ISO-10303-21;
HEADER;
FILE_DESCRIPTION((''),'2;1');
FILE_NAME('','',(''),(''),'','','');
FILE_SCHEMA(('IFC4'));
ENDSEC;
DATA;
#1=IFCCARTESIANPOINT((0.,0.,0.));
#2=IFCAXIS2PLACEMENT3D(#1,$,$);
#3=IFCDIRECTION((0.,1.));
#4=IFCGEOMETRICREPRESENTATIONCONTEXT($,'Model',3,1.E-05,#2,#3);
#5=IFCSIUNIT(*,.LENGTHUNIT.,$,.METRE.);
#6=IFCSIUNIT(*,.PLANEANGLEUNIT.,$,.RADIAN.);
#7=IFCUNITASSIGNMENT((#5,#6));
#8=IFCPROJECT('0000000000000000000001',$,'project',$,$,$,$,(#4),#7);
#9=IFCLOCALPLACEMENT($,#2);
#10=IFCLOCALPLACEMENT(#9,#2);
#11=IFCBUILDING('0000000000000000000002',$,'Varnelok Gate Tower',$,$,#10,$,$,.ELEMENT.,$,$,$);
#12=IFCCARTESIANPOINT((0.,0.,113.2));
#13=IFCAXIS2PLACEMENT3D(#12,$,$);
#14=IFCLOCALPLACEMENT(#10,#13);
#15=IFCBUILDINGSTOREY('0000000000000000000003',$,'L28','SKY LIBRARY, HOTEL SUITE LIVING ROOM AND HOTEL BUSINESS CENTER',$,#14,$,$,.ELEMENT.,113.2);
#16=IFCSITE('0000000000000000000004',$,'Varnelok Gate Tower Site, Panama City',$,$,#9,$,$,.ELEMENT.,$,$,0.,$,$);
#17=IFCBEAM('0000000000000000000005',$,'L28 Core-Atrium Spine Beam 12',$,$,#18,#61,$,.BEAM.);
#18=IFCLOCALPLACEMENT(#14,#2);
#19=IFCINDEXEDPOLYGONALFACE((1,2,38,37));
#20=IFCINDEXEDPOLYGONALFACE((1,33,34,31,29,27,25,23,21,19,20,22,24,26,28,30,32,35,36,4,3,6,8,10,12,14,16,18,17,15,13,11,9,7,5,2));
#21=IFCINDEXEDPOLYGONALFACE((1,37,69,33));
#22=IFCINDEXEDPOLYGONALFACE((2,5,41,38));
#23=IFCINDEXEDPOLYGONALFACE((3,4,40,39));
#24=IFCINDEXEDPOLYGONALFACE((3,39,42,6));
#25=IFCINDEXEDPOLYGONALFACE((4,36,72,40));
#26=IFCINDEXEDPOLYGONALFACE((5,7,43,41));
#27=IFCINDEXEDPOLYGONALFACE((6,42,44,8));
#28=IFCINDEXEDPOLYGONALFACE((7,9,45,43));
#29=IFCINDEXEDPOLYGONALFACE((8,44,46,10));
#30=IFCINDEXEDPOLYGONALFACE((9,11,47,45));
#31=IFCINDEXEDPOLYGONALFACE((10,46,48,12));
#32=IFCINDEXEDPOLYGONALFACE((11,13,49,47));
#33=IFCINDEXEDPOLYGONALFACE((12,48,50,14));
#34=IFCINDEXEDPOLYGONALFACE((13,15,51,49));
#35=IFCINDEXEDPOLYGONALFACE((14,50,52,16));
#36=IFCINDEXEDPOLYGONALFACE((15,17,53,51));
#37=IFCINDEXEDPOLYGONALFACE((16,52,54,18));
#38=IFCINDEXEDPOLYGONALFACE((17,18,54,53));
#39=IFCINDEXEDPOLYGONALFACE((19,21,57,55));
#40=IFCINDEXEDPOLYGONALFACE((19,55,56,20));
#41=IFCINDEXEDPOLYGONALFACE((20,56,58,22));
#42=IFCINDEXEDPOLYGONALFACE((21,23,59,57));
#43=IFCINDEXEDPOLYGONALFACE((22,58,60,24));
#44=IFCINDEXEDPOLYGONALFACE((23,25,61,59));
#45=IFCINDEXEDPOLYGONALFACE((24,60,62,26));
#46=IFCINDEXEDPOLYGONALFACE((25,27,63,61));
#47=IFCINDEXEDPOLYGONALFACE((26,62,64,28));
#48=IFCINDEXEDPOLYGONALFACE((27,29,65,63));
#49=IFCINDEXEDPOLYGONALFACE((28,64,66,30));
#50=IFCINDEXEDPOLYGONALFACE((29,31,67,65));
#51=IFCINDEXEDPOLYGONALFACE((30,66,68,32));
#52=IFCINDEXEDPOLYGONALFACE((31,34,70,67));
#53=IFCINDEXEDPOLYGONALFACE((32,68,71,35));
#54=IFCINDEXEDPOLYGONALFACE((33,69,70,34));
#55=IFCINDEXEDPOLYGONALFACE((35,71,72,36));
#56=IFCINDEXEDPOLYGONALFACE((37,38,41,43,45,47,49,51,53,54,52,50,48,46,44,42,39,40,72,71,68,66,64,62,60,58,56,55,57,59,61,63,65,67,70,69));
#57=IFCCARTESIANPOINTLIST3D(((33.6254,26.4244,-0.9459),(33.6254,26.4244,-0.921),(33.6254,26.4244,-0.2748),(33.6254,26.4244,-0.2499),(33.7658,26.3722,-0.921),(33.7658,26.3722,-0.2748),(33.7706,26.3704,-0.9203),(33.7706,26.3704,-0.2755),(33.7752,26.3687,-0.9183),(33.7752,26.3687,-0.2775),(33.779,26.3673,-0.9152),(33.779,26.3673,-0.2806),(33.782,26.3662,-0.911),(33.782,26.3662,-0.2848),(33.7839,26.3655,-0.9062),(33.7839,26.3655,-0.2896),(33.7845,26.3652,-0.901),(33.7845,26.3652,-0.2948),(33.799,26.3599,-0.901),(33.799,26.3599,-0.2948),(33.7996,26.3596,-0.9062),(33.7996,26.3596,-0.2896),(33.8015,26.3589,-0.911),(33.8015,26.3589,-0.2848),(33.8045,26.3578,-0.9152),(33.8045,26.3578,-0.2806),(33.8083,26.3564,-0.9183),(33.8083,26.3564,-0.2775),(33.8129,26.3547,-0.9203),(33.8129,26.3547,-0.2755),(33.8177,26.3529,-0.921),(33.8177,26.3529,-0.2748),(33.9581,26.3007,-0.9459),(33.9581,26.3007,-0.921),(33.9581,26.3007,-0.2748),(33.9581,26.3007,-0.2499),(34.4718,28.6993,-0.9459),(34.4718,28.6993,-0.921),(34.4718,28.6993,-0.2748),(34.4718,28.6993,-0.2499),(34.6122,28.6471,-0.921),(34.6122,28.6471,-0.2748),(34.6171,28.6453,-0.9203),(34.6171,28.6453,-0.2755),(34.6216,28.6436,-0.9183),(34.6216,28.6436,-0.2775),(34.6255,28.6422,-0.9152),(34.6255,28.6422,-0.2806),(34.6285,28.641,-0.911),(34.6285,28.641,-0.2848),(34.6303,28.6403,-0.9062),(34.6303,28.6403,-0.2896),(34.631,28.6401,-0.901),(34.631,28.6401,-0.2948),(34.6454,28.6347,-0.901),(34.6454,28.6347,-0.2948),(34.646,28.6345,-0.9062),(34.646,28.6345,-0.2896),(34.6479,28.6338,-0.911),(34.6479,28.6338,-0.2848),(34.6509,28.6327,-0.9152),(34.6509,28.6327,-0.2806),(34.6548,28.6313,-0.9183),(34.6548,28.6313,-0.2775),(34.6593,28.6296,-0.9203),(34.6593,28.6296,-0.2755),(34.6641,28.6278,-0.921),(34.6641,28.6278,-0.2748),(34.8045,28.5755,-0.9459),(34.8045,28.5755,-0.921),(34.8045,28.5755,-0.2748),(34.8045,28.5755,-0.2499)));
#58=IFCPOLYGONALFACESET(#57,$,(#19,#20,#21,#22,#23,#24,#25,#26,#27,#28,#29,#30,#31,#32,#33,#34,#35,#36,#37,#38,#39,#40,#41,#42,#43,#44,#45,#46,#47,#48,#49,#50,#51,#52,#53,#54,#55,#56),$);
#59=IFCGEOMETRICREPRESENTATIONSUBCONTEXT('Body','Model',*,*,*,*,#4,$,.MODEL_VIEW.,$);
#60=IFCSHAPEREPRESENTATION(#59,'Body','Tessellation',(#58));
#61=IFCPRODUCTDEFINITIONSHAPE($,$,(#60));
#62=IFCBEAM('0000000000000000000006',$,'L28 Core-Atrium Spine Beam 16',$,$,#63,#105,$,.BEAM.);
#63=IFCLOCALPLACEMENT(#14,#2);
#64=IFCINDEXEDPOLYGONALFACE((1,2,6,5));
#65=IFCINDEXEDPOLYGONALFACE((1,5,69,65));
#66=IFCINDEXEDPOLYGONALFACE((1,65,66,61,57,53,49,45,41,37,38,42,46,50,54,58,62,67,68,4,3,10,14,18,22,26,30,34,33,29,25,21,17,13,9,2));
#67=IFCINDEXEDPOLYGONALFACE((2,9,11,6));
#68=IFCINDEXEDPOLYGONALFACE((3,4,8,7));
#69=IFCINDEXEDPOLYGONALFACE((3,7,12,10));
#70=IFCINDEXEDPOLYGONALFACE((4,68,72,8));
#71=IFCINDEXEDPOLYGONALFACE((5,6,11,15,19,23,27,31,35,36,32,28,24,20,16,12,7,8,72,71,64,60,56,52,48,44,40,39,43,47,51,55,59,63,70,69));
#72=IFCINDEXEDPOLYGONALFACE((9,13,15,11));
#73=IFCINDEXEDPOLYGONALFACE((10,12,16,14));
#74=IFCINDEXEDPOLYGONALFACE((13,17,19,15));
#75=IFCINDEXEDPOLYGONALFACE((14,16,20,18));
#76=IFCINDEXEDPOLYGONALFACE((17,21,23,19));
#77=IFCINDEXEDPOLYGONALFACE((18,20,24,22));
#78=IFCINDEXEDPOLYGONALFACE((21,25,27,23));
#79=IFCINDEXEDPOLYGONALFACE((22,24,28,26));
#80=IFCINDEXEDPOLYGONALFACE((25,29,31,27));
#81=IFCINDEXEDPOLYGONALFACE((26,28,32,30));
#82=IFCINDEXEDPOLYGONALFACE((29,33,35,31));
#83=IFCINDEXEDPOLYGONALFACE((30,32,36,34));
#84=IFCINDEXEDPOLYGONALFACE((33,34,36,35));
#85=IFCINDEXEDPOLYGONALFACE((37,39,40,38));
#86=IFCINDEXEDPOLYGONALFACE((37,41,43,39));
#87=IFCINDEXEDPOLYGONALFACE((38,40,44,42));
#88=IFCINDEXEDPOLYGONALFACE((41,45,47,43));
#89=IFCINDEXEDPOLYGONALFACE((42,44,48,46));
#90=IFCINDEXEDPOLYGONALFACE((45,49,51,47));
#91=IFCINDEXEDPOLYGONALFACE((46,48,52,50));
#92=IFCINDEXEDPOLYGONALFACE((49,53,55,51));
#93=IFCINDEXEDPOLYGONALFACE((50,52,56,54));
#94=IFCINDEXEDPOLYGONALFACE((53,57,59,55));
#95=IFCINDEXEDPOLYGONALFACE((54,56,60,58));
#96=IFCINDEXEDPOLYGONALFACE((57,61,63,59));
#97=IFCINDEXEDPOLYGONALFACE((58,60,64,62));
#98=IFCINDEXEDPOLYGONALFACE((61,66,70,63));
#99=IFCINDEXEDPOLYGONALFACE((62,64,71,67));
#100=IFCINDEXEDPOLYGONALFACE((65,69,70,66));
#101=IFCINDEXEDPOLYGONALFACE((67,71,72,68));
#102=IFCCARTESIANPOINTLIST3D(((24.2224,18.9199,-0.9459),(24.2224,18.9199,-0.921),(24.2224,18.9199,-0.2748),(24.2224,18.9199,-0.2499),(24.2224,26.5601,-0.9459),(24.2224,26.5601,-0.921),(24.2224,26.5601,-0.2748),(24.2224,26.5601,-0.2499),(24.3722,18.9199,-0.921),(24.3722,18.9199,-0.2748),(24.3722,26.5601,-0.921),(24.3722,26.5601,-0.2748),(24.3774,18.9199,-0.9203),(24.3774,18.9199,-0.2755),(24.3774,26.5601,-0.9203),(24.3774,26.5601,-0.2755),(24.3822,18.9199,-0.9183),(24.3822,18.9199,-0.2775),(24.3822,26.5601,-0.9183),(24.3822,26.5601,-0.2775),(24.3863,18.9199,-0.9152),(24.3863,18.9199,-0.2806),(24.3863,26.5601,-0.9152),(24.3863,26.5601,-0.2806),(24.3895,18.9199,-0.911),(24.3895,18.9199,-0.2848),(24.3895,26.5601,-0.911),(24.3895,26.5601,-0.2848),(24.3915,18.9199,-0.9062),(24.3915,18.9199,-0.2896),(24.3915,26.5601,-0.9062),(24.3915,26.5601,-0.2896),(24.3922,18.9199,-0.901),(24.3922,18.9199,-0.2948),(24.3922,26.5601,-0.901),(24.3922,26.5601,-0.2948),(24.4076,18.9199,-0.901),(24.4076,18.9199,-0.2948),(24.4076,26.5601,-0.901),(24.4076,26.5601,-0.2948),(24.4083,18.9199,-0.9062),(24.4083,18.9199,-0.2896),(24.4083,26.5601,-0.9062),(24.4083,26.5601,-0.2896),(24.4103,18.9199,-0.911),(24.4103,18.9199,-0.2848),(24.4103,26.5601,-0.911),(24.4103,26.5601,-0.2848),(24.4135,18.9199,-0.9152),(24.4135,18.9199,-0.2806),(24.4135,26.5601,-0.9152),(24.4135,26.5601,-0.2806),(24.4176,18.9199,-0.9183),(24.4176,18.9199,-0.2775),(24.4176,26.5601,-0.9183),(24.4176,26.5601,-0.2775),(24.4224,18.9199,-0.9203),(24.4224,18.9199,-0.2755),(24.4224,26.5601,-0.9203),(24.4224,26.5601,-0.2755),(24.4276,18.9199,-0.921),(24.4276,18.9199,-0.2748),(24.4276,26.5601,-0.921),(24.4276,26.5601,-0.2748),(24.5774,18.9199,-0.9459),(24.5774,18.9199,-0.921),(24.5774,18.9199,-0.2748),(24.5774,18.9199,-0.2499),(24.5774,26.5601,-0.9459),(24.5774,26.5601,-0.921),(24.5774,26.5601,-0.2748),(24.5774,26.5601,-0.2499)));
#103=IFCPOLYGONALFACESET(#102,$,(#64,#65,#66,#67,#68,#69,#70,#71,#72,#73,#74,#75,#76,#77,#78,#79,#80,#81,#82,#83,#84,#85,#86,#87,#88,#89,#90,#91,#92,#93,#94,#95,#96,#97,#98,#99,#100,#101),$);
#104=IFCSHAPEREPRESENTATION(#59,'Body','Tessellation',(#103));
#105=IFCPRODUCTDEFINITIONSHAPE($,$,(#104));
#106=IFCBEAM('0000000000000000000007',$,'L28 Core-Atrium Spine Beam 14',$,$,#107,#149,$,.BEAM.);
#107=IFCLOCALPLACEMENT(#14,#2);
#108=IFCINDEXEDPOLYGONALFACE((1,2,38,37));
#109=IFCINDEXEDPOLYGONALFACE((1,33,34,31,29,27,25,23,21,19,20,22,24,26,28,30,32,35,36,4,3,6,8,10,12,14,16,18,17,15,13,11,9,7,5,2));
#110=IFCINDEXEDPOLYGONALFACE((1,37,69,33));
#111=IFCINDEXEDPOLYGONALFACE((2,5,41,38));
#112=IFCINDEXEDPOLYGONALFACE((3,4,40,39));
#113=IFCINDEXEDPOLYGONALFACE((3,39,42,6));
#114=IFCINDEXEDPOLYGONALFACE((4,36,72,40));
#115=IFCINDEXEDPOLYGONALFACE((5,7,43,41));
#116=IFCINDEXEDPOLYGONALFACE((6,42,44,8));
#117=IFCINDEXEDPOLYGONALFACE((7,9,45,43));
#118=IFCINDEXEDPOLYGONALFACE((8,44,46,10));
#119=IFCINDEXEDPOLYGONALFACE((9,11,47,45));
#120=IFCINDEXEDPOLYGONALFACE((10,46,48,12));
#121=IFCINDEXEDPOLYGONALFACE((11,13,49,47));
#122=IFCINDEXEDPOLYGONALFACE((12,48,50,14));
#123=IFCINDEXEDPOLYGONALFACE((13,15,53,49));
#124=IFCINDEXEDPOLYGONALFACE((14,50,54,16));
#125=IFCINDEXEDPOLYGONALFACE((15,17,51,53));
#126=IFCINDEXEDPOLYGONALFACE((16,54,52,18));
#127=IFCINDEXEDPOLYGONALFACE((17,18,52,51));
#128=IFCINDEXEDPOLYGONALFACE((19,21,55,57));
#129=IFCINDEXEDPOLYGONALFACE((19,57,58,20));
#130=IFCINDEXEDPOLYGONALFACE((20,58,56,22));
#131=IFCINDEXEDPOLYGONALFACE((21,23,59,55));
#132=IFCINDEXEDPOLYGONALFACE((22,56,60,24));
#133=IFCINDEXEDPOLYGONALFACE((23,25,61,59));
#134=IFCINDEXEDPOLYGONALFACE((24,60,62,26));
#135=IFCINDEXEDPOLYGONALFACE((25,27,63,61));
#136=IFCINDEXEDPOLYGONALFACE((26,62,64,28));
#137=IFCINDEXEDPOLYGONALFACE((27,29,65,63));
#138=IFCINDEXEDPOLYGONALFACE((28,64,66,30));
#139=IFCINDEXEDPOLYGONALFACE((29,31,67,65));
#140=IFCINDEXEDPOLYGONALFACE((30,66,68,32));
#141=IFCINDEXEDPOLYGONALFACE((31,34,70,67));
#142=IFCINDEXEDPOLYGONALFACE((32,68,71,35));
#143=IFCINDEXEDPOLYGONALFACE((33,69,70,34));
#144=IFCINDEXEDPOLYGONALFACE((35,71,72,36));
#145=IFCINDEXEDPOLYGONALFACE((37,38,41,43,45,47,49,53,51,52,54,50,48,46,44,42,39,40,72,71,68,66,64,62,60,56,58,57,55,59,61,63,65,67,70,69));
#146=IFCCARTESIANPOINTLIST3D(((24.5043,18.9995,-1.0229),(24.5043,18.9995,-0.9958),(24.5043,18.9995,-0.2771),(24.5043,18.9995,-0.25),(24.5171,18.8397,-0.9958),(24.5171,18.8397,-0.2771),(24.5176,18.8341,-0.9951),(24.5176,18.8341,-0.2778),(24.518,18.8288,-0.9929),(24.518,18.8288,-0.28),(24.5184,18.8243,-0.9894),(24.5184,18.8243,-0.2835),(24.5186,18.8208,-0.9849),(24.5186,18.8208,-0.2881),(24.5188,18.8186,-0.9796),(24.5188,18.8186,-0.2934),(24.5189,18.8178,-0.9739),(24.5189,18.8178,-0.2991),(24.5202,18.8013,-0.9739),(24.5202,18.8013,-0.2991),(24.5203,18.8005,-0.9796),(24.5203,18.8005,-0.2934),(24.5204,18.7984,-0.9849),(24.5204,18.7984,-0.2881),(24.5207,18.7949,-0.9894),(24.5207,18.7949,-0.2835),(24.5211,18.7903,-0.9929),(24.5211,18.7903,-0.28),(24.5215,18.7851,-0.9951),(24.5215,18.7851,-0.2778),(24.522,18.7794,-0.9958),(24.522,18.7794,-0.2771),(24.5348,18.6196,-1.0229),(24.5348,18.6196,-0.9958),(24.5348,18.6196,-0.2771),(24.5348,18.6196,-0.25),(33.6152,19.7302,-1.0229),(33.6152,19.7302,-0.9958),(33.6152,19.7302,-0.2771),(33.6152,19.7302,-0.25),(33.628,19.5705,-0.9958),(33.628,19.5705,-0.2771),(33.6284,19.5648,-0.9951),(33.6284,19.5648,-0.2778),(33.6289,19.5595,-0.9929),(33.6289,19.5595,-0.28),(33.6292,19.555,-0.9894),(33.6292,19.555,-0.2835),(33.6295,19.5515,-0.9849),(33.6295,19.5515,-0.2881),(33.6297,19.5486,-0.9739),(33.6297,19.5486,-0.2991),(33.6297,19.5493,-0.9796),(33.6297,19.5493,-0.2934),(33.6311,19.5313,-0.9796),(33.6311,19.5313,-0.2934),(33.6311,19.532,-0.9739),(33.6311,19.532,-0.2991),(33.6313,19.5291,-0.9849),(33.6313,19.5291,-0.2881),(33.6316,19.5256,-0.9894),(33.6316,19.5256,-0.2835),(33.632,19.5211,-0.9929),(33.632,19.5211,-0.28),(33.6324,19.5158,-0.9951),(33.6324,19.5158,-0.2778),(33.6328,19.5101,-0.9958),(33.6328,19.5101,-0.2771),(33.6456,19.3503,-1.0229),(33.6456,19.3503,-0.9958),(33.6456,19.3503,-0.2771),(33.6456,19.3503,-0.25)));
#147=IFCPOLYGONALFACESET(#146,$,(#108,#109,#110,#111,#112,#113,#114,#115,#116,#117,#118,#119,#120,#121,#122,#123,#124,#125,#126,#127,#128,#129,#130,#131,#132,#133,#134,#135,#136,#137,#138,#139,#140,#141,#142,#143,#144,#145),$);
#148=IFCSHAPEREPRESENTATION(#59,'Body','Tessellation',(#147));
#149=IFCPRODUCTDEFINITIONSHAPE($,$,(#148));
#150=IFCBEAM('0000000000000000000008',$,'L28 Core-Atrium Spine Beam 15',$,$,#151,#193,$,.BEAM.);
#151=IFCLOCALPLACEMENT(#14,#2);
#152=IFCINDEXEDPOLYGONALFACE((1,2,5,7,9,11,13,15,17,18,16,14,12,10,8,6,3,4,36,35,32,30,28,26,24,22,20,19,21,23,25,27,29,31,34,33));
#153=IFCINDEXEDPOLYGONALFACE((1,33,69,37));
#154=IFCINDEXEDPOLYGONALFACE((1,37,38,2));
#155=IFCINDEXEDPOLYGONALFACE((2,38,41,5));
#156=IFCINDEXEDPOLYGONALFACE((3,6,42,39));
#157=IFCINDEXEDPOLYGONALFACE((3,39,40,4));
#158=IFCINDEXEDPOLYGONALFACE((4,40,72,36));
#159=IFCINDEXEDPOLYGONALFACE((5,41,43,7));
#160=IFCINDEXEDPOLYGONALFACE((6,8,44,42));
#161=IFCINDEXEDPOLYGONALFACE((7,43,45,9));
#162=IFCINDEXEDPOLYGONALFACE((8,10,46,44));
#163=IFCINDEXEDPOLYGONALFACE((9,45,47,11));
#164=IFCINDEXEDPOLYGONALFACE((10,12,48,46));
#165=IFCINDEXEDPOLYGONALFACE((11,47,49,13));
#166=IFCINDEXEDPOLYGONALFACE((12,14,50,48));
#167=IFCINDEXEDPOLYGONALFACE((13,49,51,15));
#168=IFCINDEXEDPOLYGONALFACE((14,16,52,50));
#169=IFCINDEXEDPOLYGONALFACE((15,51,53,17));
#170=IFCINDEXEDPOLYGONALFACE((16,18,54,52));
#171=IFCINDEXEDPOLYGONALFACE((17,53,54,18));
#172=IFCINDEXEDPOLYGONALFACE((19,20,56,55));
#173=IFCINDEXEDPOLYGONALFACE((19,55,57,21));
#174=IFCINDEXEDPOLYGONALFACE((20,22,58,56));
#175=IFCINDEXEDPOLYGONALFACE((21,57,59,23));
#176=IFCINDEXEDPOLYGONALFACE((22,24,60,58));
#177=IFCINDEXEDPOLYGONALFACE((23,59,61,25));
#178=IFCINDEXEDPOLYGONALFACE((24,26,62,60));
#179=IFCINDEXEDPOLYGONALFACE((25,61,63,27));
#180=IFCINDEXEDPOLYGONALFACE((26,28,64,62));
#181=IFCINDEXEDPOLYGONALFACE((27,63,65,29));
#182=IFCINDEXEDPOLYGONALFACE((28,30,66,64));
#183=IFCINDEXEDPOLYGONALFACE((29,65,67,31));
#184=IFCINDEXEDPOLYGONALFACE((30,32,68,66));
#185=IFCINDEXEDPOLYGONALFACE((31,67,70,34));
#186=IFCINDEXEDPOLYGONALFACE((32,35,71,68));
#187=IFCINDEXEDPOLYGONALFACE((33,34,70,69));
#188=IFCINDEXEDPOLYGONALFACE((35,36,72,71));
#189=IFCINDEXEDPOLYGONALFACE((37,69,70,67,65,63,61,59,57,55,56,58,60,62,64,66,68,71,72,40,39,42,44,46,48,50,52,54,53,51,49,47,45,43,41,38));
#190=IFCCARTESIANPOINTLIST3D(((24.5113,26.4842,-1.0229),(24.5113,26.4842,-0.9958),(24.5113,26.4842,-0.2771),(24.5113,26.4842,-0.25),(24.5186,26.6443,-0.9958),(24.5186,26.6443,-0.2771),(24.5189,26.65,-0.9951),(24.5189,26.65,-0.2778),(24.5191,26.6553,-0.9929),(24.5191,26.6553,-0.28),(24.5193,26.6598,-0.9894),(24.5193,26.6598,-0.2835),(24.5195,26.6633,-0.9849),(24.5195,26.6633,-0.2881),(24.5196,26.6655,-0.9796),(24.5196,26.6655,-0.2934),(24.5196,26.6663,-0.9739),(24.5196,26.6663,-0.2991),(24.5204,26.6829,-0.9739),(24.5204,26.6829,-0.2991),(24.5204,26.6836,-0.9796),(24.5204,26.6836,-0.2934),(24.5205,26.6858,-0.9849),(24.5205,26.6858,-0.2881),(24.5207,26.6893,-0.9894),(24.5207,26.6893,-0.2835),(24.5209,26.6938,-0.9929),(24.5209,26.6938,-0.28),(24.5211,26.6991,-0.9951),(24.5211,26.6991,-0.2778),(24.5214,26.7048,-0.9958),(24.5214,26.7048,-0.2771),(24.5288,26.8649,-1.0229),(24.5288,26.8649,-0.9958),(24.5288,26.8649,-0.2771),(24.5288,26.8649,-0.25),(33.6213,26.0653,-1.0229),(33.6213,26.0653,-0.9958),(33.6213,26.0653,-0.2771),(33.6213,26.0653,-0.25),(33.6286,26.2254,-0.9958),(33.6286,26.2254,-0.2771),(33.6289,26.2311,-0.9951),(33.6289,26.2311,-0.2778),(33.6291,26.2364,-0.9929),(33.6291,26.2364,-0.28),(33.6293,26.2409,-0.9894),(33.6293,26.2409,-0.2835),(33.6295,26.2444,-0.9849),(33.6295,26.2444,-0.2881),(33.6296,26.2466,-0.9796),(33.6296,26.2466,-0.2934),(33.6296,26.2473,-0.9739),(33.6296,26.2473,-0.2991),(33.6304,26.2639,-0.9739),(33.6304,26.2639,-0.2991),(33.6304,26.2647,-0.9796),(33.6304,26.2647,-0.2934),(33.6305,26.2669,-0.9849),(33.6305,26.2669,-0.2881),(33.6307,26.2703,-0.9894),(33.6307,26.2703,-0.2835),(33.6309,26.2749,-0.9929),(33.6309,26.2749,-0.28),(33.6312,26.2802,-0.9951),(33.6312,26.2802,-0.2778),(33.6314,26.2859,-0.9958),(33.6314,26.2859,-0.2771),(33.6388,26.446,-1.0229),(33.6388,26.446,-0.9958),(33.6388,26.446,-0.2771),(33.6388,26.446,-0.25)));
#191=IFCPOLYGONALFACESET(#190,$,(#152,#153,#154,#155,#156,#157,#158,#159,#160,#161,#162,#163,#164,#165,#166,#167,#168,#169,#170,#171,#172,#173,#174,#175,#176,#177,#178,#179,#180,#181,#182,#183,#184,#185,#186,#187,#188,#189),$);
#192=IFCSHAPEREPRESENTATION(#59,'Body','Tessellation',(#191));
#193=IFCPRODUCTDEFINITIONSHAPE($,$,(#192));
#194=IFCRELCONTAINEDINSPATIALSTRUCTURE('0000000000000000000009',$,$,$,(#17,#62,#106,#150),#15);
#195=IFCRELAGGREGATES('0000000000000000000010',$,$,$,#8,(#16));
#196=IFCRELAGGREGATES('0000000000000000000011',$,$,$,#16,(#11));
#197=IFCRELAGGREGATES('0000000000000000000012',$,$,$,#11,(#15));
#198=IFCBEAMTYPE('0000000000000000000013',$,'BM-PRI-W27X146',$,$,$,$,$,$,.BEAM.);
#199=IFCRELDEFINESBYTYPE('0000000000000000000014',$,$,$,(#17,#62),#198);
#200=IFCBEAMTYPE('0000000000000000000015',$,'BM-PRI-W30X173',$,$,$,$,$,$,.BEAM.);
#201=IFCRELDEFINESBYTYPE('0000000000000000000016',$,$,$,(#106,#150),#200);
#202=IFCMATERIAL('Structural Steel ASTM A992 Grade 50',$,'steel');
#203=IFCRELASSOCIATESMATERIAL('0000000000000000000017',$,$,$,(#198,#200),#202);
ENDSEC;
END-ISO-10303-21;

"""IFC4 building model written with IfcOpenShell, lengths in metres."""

from ifc_helpers import new_model, si_unit, direction, frame, origin, origin_2d, place, context, subcontext, project, spatial, i_section, extrude, material, material_profile, profile_set, type_object, element, save


model = new_model("IFC4")

# Units and contexts
model_context = context("Model", 3, precision=1e-05, world=origin(), true_north=direction((0.0, 1.0)))
body_context = subcontext(model_context, "Body", "Model", "MODEL_VIEW")
ifc_project = project(units=[si_unit("LENGTHUNIT", "METRE"), si_unit("PLANEANGLEUNIT", "RADIAN")], contexts=[model_context])

# Site, building, storey
site_placement = place(None, origin())
site = spatial("IfcSite", under=ifc_project, at=site_placement, Name="Varnelok Gate Tower Site, Panama City", CompositionType="ELEMENT", RefElevation=0.0)
building_placement = place(site_placement, origin())
building = spatial("IfcBuilding", under=site, at=building_placement, Name="Varnelok Gate Tower", CompositionType="ELEMENT")
storey_placement = place(building_placement, frame((0.0, 0.0, 113.2)))
storey = spatial("IfcBuildingStorey", under=building, at=storey_placement, Name="L28", Description="SKY LIBRARY, HOTEL SUITE LIVING ROOM AND HOTEL BUSINESS CENTER", CompositionType="ELEMENT", Elevation=113.2)

# Shared definitions
ifc_material_1 = material(Name="Structural Steel ASTM A992 Grade 50", Category="steel")

# Beams
ifc_material_profile_1 = material_profile(ifc_material_1, i_section(OverallWidth=0.355, OverallDepth=0.696, WebThickness=0.0154, FlangeThickness=0.0249, FilletRadius=0.02, at=origin_2d()), Name="W27X146")
ifc_profile_set_1 = profile_set([ifc_material_profile_1], Name="Structural Steel ASTM A992 Grade 50")
beam_type_1 = type_object("IfcBeamType", Name="BM-PRI-W27X146", PredefinedType="BEAM", material=ifc_profile_set_1)
beam_1_placement = place(storey_placement, frame((33.7917, 26.3625, -0.5979), z_axis=(0.348719, 0.937227, 0.0), x_axis=(-0.937227, 0.348719, 0.0)))
element("IfcBeam", 1, at=beam_1_placement, inside=storey, type_object=beam_type_1, Name="L28 Core-Atrium Spine Beam 12", PredefinedType="BEAM", context=body_context, shape_type="SweptSolid", body=[
    extrude(i_section(OverallWidth=0.355, OverallDepth=0.696, WebThickness=0.0154, FlangeThickness=0.0249, FilletRadius=0.02, at=origin_2d()), origin(), (0.0, 0.0, 1.0), 2.4272),
])
beam_2_placement = place(storey_placement, frame((24.3999, 18.9199, -0.5979), z_axis=(0.0, 1.0, 0.0), x_axis=(-1.0, 0.0, 0.0)))
element("IfcBeam", 2, at=beam_2_placement, inside=storey, type_object=beam_type_1, Name="L28 Core-Atrium Spine Beam 16", PredefinedType="BEAM", context=body_context, shape_type="SweptSolid", body=[
    extrude(i_section(OverallWidth=0.355, OverallDepth=0.696, WebThickness=0.0154, FlangeThickness=0.0249, FilletRadius=0.02, at=origin_2d()), origin(), (0.0, 0.0, 1.0), 7.6401),
])
ifc_material_profile_2 = material_profile(ifc_material_1, i_section(OverallWidth=0.3811, OverallDepth=0.7729, WebThickness=0.0166, FlangeThickness=0.0271, FilletRadius=0.022, at=origin_2d()), Name="W30X173")
ifc_profile_set_2 = profile_set([ifc_material_profile_2], Name="Structural Steel ASTM A992 Grade 50")
beam_type_2 = type_object("IfcBeamType", Name="BM-PRI-W30X173", PredefinedType="BEAM", material=ifc_profile_set_2)
beam_3_placement = place(storey_placement, frame((24.5195, 18.8096, -0.6365), z_axis=(0.996799, 0.079946, 0.0), x_axis=(-0.079946, 0.996799, 0.0)))
element("IfcBeam", 3, at=beam_3_placement, inside=storey, type_object=beam_type_2, Name="L28 Core-Atrium Spine Beam 14", PredefinedType="BEAM", context=body_context, shape_type="SweptSolid", body=[
    extrude(i_section(OverallWidth=0.3811, OverallDepth=0.7729, WebThickness=0.0166, FlangeThickness=0.0271, FilletRadius=0.022, at=origin_2d()), origin(), (0.0, 0.0, 1.0), 9.1401),
])
beam_4_placement = place(storey_placement, frame((24.52, 26.6746, -0.6365), z_axis=(0.998944, -0.045938, 0.0), x_axis=(0.045938, 0.998944, 0.0)))
element("IfcBeam", 4, at=beam_4_placement, inside=storey, type_object=beam_type_2, Name="L28 Core-Atrium Spine Beam 15", PredefinedType="BEAM", context=body_context, shape_type="SweptSolid", body=[
    extrude(i_section(OverallWidth=0.3811, OverallDepth=0.7729, WebThickness=0.0166, FlangeThickness=0.0271, FilletRadius=0.022, at=origin_2d()), origin(), (0.0, 0.0, 1.0), 9.1196),
])

save(model, "model.ifc")
